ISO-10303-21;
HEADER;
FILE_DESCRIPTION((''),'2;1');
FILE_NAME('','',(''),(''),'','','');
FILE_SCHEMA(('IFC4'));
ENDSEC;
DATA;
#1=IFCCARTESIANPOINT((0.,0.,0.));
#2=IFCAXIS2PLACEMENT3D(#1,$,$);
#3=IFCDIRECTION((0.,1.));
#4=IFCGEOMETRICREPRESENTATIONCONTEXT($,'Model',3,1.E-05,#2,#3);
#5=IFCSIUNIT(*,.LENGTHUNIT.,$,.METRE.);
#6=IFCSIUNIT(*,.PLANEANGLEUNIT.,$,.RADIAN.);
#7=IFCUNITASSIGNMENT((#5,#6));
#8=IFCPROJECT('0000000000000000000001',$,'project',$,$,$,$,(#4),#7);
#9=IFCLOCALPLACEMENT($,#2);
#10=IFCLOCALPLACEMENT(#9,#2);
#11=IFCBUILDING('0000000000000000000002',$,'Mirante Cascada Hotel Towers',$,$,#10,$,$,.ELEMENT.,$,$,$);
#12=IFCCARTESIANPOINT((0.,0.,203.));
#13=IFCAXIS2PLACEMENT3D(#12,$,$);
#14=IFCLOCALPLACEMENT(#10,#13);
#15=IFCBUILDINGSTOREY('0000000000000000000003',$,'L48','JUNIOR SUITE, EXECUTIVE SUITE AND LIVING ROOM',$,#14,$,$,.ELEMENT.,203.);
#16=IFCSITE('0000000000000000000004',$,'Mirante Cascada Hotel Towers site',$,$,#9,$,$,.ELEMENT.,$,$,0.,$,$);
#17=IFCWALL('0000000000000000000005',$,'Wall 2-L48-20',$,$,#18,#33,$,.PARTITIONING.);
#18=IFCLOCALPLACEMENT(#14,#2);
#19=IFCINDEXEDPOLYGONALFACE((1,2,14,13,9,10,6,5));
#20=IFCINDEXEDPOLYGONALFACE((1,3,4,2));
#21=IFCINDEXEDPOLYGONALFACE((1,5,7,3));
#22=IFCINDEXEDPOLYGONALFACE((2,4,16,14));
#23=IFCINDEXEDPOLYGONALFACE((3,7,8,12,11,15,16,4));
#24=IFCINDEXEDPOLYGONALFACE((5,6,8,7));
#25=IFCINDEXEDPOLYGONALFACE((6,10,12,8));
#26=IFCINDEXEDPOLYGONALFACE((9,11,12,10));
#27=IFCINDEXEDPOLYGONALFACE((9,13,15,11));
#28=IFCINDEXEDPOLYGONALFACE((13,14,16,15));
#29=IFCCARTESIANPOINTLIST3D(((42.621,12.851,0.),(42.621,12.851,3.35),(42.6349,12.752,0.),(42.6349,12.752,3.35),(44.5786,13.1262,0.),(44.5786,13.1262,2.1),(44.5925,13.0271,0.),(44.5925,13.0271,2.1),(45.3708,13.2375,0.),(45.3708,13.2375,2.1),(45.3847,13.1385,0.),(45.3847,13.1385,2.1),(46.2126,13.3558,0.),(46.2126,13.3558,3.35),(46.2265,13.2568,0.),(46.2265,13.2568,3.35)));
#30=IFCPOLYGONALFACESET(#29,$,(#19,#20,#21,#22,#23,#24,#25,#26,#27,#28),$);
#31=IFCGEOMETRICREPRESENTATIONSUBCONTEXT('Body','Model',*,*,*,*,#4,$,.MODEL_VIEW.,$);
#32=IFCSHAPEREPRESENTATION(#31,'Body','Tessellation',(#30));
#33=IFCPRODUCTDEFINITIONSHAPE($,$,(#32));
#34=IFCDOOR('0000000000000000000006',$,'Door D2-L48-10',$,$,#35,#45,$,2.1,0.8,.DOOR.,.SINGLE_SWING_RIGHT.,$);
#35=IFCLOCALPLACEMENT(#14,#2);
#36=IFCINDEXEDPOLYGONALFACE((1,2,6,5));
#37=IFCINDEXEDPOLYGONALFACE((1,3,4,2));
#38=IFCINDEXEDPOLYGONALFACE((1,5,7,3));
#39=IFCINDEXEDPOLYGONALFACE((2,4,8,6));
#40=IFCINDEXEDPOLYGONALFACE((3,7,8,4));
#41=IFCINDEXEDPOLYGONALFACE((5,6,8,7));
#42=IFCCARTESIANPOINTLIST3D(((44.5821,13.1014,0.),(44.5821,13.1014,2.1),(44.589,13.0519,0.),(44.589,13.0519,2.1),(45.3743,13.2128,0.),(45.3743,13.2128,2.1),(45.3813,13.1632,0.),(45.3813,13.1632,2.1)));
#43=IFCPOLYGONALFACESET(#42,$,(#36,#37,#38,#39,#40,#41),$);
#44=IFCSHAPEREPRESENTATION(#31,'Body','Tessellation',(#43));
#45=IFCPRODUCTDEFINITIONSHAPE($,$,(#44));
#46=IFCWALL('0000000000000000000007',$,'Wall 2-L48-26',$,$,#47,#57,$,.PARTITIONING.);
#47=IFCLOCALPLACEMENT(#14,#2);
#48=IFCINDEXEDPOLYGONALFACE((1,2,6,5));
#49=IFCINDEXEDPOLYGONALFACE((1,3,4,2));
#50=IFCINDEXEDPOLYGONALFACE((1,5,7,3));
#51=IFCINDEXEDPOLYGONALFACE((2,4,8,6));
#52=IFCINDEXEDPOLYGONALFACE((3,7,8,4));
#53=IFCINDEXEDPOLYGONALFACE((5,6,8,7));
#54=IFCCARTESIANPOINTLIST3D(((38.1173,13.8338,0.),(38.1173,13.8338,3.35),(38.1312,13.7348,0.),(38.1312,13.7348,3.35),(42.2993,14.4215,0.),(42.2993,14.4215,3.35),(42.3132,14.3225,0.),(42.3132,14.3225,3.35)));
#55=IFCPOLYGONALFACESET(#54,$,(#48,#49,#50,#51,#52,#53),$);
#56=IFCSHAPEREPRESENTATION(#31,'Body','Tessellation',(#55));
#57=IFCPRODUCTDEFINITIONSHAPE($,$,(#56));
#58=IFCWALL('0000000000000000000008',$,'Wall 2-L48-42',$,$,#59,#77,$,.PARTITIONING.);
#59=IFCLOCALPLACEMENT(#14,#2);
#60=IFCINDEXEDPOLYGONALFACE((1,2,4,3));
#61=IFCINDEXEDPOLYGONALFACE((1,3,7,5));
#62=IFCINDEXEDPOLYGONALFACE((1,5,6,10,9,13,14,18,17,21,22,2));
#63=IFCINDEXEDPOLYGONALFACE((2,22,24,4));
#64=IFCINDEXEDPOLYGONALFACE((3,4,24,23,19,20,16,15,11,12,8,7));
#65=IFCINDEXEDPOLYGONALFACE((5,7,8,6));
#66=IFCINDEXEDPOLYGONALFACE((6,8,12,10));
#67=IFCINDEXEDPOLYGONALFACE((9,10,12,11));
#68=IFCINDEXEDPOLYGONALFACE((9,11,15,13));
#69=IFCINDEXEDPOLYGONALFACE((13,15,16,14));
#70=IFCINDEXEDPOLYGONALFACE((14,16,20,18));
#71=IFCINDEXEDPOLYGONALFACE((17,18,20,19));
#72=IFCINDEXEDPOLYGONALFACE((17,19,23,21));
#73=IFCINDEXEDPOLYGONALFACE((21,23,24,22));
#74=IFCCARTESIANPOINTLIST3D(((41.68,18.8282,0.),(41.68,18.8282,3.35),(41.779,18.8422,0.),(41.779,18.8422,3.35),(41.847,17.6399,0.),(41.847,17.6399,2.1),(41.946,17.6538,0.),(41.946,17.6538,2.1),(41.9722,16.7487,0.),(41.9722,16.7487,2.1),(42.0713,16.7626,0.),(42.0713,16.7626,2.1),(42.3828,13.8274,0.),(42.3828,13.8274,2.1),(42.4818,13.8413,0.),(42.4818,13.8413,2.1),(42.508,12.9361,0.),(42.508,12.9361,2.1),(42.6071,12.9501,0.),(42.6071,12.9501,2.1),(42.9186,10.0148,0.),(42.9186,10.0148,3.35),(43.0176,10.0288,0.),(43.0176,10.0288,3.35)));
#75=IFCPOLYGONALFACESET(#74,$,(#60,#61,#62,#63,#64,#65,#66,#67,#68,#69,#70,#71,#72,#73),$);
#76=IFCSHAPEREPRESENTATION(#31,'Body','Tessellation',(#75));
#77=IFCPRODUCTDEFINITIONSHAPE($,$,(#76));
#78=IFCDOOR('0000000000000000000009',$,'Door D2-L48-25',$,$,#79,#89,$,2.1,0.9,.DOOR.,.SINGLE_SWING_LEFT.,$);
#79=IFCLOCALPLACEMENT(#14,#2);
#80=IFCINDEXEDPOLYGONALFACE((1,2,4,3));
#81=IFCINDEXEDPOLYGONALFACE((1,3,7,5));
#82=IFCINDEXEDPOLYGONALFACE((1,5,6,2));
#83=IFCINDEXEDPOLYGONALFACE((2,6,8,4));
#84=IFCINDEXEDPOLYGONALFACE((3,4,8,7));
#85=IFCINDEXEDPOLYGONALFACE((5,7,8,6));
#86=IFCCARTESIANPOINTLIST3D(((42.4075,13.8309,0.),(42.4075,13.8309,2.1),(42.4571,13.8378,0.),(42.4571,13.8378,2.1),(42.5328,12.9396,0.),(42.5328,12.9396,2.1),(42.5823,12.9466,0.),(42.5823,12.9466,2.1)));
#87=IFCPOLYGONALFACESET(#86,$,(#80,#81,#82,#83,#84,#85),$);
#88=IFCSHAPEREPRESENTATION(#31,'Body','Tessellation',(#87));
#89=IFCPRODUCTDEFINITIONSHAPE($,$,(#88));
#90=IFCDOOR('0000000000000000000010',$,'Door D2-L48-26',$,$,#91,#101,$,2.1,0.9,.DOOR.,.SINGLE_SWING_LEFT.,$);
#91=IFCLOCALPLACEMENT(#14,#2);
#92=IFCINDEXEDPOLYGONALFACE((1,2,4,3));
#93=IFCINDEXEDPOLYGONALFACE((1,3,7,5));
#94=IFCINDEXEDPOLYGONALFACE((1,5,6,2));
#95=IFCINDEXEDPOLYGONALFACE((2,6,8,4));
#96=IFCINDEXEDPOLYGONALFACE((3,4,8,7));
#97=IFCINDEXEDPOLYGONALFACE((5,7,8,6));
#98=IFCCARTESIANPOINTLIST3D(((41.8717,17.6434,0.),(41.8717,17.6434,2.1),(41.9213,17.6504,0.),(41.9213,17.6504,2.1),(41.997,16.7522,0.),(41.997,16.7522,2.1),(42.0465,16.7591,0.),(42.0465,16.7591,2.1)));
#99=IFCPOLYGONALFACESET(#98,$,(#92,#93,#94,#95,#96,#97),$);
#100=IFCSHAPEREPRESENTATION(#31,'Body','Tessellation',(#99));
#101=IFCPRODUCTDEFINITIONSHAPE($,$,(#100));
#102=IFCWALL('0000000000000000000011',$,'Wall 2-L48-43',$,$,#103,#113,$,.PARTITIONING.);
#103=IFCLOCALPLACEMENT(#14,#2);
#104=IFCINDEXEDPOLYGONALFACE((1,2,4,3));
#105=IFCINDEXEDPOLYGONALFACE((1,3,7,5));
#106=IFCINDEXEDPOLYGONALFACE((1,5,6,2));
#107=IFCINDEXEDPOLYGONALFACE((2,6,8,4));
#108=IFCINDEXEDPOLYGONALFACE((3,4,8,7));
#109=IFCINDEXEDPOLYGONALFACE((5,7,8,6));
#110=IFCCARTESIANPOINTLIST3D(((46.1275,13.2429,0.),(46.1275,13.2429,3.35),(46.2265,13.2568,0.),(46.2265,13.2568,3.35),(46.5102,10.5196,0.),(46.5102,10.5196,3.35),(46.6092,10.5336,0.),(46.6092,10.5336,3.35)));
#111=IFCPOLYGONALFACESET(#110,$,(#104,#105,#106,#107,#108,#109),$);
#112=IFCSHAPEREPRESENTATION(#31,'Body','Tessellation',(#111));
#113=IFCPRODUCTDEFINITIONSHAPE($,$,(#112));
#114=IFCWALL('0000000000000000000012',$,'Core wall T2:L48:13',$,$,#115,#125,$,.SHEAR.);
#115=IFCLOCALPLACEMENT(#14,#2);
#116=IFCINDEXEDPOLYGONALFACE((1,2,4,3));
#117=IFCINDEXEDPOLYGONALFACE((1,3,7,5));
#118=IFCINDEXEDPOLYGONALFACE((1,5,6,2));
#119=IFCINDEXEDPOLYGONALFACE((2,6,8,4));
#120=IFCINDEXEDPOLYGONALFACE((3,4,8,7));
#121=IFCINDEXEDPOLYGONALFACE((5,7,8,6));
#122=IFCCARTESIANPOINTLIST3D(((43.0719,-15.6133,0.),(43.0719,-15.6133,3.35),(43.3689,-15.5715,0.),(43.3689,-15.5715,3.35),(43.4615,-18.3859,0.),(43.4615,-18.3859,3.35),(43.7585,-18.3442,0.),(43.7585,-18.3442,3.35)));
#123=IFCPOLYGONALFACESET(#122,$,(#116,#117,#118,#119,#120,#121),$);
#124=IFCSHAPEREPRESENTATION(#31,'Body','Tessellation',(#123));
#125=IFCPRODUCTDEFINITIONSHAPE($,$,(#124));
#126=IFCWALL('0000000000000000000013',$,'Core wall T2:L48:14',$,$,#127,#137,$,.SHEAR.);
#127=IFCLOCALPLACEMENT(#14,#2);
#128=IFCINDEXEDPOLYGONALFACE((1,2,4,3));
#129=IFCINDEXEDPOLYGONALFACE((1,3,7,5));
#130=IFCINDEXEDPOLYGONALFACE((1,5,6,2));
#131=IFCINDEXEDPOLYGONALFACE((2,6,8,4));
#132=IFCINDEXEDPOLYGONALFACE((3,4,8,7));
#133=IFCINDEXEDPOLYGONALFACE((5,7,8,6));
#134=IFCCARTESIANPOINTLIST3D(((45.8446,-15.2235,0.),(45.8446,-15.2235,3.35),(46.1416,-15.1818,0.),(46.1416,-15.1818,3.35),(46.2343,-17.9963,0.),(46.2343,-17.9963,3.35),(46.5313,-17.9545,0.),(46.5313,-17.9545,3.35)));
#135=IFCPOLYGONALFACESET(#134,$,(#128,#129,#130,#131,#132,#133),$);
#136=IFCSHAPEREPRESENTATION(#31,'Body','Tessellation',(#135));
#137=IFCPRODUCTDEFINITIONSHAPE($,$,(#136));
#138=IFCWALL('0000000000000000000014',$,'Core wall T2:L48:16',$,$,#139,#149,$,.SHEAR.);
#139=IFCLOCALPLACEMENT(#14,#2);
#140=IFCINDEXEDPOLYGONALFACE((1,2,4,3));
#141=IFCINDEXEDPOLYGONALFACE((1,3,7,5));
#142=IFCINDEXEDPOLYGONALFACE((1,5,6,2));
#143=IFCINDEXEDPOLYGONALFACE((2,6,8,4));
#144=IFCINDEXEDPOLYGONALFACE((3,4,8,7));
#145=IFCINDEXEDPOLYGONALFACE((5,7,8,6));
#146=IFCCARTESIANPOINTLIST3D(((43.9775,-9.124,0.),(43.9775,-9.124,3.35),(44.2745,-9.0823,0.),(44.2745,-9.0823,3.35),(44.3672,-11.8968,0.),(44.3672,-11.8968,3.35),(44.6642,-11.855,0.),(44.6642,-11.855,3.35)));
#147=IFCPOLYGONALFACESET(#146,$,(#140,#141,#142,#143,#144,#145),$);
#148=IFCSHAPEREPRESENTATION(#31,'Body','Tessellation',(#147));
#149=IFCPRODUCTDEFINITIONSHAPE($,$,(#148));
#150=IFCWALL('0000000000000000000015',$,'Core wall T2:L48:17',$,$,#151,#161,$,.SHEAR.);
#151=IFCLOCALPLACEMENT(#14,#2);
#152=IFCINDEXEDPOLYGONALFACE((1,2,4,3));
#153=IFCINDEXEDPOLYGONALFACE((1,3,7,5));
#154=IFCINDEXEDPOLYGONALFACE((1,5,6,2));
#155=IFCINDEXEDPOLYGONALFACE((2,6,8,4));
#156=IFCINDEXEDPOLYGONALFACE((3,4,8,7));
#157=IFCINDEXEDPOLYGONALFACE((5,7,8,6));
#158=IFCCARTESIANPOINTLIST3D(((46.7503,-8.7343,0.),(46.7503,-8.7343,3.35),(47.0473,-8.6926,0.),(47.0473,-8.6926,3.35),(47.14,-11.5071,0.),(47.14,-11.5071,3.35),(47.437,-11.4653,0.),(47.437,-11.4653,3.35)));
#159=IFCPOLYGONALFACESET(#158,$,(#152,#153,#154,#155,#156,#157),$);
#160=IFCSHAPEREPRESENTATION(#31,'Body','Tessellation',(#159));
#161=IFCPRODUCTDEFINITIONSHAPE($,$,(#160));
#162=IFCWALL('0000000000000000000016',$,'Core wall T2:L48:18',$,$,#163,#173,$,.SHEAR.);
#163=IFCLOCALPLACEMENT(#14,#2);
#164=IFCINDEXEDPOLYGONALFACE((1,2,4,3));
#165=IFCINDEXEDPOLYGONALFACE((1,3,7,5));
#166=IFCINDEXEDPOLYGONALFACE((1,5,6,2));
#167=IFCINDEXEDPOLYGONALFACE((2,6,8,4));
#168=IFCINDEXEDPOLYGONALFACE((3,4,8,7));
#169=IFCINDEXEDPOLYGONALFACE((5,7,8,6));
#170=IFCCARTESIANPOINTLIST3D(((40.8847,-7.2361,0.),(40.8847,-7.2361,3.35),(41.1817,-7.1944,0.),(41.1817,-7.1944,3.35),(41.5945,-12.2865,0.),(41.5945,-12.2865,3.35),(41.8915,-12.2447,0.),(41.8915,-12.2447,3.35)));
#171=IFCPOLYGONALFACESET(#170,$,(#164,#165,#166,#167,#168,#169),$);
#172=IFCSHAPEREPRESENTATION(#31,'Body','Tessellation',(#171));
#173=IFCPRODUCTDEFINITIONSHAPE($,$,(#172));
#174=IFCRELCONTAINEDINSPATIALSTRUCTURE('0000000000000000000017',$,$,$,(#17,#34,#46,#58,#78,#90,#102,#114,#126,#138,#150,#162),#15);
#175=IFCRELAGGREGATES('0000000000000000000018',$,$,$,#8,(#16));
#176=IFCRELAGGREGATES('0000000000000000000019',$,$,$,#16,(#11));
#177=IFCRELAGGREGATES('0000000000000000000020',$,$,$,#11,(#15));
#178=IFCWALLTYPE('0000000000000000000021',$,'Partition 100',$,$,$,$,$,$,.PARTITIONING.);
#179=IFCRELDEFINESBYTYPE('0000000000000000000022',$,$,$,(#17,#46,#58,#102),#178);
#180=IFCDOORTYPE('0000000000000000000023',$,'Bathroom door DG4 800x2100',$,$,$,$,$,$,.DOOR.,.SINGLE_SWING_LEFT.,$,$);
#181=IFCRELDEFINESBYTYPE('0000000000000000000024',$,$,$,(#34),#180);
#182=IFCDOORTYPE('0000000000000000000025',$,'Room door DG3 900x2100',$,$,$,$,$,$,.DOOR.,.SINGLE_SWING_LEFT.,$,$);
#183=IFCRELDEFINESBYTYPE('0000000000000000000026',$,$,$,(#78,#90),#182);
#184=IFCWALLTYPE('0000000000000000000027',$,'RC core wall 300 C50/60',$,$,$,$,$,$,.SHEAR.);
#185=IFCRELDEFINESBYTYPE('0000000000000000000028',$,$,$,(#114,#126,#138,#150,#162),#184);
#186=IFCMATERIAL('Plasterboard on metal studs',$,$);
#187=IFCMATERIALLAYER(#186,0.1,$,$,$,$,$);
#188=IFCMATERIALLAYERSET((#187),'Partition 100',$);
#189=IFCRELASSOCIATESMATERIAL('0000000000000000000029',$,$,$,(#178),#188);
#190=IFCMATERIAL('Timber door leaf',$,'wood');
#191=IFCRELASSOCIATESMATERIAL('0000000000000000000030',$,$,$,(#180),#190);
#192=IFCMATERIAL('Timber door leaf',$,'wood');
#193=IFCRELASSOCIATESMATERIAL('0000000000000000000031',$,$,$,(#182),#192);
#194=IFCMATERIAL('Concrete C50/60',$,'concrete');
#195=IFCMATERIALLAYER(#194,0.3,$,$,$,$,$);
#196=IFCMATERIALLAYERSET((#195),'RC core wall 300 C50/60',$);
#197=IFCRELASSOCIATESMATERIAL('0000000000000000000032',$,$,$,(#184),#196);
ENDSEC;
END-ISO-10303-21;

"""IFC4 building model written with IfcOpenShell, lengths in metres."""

from ifc_helpers import new_model, si_unit, direction, frame, frame_2d, origin, place, context, subcontext, project, spatial, rectangle, extrude, material, layer, layer_set, type_object, element, fill, save


model = new_model("IFC4")

# Units and contexts
model_context = context("Model", 3, precision=1e-05, world=origin(), true_north=direction((0.0, 1.0)))
body_context = subcontext(model_context, "Body", "Model", "MODEL_VIEW")
ifc_project = project(units=[si_unit("LENGTHUNIT", "METRE"), si_unit("PLANEANGLEUNIT", "RADIAN")], contexts=[model_context])

# Site, building, storey
site_placement = place(None, origin())
site = spatial("IfcSite", under=ifc_project, at=site_placement, Name="Mirante Cascada Hotel Towers site", CompositionType="ELEMENT", RefElevation=0.0)
building_placement = place(site_placement, origin())
building = spatial("IfcBuilding", under=site, at=building_placement, Name="Mirante Cascada Hotel Towers", CompositionType="ELEMENT")
storey_placement = place(building_placement, frame((0.0, 0.0, 203.0)))
storey = spatial("IfcBuildingStorey", under=building, at=storey_placement, Name="L48", Description="JUNIOR SUITE, EXECUTIVE SUITE AND LIVING ROOM", CompositionType="ELEMENT", Elevation=203.0)

# Wall, opening, door
ifc_material_1 = material(Name="Plasterboard on metal studs")
ifc_layer_1 = layer(ifc_material_1, 0.1)
ifc_layer_set_1 = layer_set([ifc_layer_1], Name="Partition 100")
wall_type_1 = type_object("IfcWallType", Name="Partition 100", PredefinedType="PARTITIONING", material=ifc_layer_set_1)
wall_1_placement = place(storey_placement, frame((46.2195, 13.3063, 0.0), z_axis=(0.0, 0.0, 1.0), x_axis=(-0.990267, -0.139182, 0.0)))
wall_1 = element("IfcWall", 1, at=wall_1_placement, inside=storey, type_object=wall_type_1, Name="Wall 2-L48-20", PredefinedType="PARTITIONING", context=body_context, shape_type="SweptSolid", body=[
    extrude(rectangle(XDim=3.6269, YDim=0.1, at=frame_2d((1.8134, 0.0))), origin(), (0.0, 0.0, 1.0), 3.35),
])
opening_1_placement = place(wall_1_placement, frame((0.85, 0.0, 0.0)))
opening_1 = element("IfcOpeningElement", 2, at=opening_1_placement, cuts=wall_1, PredefinedType="OPENING", context=body_context, shape_type="SweptSolid", body=[
    extrude(rectangle(XDim=0.8, YDim=2.1, at=frame_2d((0.4, 1.05))), frame((0.0, 0.05, 0.0), z_axis=(0.0, -1.0, 0.0), x_axis=(1.0, 0.0, 0.0)), (0.0, 0.0, 1.0), 0.1),
])
ifc_material_2 = material(Name="Timber door leaf", Category="wood")
door_type_1 = type_object("IfcDoorType", Name="Bathroom door DG4 800x2100", OperationType="SINGLE_SWING_LEFT", PredefinedType="DOOR", material=ifc_material_2)
door_1_placement = place(opening_1_placement, frame((0.8, 0.0, 0.0), z_axis=(0.0, 0.0, 1.0), x_axis=(-1.0, 0.0, 0.0)))
door_1 = element("IfcDoor", 3, at=door_1_placement, inside=storey, type_object=door_type_1, Name="Door D2-L48-10", OperationType="SINGLE_SWING_RIGHT", OverallHeight=2.1, OverallWidth=0.8, PredefinedType="DOOR", context=body_context, shape_type="SweptSolid", body=[
    extrude(rectangle(XDim=0.8, YDim=2.1, at=frame_2d((0.4, 1.05))), frame((0.0, 0.025, 0.0), z_axis=(0.0, -1.0, 0.0), x_axis=(1.0, 0.0, 0.0)), (0.0, 0.0, 1.0), 0.05),
])
fill(opening_1, door_1)

# Wall
wall_2_placement = place(storey_placement, frame((42.3062, 14.372, 0.0), z_axis=(0.0, 0.0, 1.0), x_axis=(-0.990269, -0.139163, 0.0)))
element("IfcWall", 4, at=wall_2_placement, inside=storey, type_object=wall_type_1, Name="Wall 2-L48-26", PredefinedType="PARTITIONING", context=body_context, shape_type="SweptSolid", body=[
    extrude(rectangle(XDim=4.2231, YDim=0.1, at=frame_2d((2.1115, 0.0))), origin(), (0.0, 0.0, 1.0), 3.35),
])

# Wall, openings, doors
wall_3_placement = place(storey_placement, frame((41.7295, 18.8352, 0.0), z_axis=(0.0, 0.0, 1.0), x_axis=(0.139168, -0.990269, 0.0)))
wall_3 = element("IfcWall", 5, at=wall_3_placement, inside=storey, type_object=wall_type_1, Name="Wall 2-L48-42", PredefinedType="PARTITIONING", context=body_context, shape_type="SweptSolid", body=[
    extrude(rectangle(XDim=8.9, YDim=0.1, at=frame_2d((4.45, 0.0))), origin(), (0.0, 0.0, 1.0), 3.35),
])
opening_2_placement = place(wall_3_placement, frame((5.05, 0.0, 0.0)))
opening_2 = element("IfcOpeningElement", 6, at=opening_2_placement, cuts=wall_3, PredefinedType="OPENING", context=body_context, shape_type="SweptSolid", body=[
    extrude(rectangle(XDim=0.9, YDim=2.1, at=frame_2d((0.45, 1.05))), frame((0.0, 0.05, 0.0), z_axis=(0.0, -1.0, 0.0), x_axis=(1.0, 0.0, 0.0)), (0.0, 0.0, 1.0), 0.1),
])
opening_3_placement = place(wall_3_placement, frame((1.2, 0.0, 0.0)))
opening_3 = element("IfcOpeningElement", 7, at=opening_3_placement, cuts=wall_3, PredefinedType="OPENING", context=body_context, shape_type="SweptSolid", body=[
    extrude(rectangle(XDim=0.9, YDim=2.1, at=frame_2d((0.45, 1.05))), frame((0.0, 0.05, 0.0), z_axis=(0.0, -1.0, 0.0), x_axis=(1.0, 0.0, 0.0)), (0.0, 0.0, 1.0), 0.1),
])
ifc_material_3 = material(Name="Timber door leaf", Category="wood")
door_type_2 = type_object("IfcDoorType", Name="Room door DG3 900x2100", OperationType="SINGLE_SWING_LEFT", PredefinedType="DOOR", material=ifc_material_3)
door_2_placement = place(opening_2_placement, origin())
door_2 = element("IfcDoor", 8, at=door_2_placement, inside=storey, type_object=door_type_2, Name="Door D2-L48-25", OperationType="SINGLE_SWING_LEFT", OverallHeight=2.1, OverallWidth=0.9, PredefinedType="DOOR", context=body_context, shape_type="SweptSolid", body=[
    extrude(rectangle(XDim=0.9, YDim=2.1, at=frame_2d((0.45, 1.05))), frame((0.0, 0.025, 0.0), z_axis=(0.0, -1.0, 0.0), x_axis=(1.0, 0.0, 0.0)), (0.0, 0.0, 1.0), 0.05),
])
fill(opening_2, door_2)
door_3_placement = place(opening_3_placement, origin())
door_3 = element("IfcDoor", 9, at=door_3_placement, inside=storey, type_object=door_type_2, Name="Door D2-L48-26", OperationType="SINGLE_SWING_LEFT", OverallHeight=2.1, OverallWidth=0.9, PredefinedType="DOOR", context=body_context, shape_type="SweptSolid", body=[
    extrude(rectangle(XDim=0.9, YDim=2.1, at=frame_2d((0.45, 1.05))), frame((0.0, 0.025, 0.0), z_axis=(0.0, -1.0, 0.0), x_axis=(1.0, 0.0, 0.0)), (0.0, 0.0, 1.0), 0.05),
])
fill(opening_3, door_3)

# Walls
wall_4_placement = place(storey_placement, frame((46.5597, 10.5266, 0.0), z_axis=(0.0, 0.0, 1.0), x_axis=(-0.139166, 0.990269, 0.0)))
element("IfcWall", 10, at=wall_4_placement, inside=storey, type_object=wall_type_1, Name="Wall 2-L48-43", PredefinedType="PARTITIONING", context=body_context, shape_type="SweptSolid", body=[
    extrude(rectangle(XDim=2.75, YDim=0.1, at=frame_2d((1.375, 0.0))), origin(), (0.0, 0.0, 1.0), 3.35),
])
ifc_material_4 = material(Name="Concrete C50/60", Category="concrete")
ifc_layer_2 = layer(ifc_material_4, 0.3)
ifc_layer_set_2 = layer_set([ifc_layer_2], Name="RC core wall 300 C50/60")
wall_type_2 = type_object("IfcWallType", Name="RC core wall 300 C50/60", PredefinedType="SHEAR", material=ifc_layer_set_2)
wall_5_placement = place(storey_placement, frame((43.61, -18.3651, 0.0), z_axis=(0.0, 0.0, 1.0), x_axis=(-0.139146, 0.990272, 0.0)))
element("IfcWall", 11, at=wall_5_placement, inside=storey, type_object=wall_type_2, Name="Core wall T2:L48:13", PredefinedType="SHEAR", context=body_context, shape_type="SweptSolid", body=[
    extrude(rectangle(XDim=2.7999, YDim=0.3, at=frame_2d((1.4, 0.0))), origin(), (0.0, 0.0, 1.0), 3.35),
])
for number, where, z_axis, x_axis, name in (
    (12, (46.3828, -17.9754, 0.0), (0.0, 0.0, 1.0), (-0.139181, 0.990267, 0.0), "Core wall T2:L48:14"),
    (13, (44.5157, -11.8759, 0.0), (0.0, 0.0, 1.0), (-0.139181, 0.990267, 0.0), "Core wall T2:L48:16"),
    (14, (47.2885, -11.4862, 0.0), (0.0, 0.0, 1.0), (-0.139181, 0.990267, 0.0), "Core wall T2:L48:17"),
):
    element("IfcWall", number, at=place(storey_placement, frame(where, z_axis=z_axis, x_axis=x_axis)), inside=storey, type_object=wall_type_2, Name=name, PredefinedType="SHEAR", context=body_context, shape_type="SweptSolid", body=[
        extrude(rectangle(XDim=2.8, YDim=0.3, at=frame_2d((1.4, 0.0))), origin(), (0.0, 0.0, 1.0), 3.35),
    ])
wall_6_placement = place(storey_placement, frame((41.743, -12.2656, 0.0), z_axis=(0.0, 0.0, 1.0), x_axis=(-0.139176, 0.990268, 0.0)))
element("IfcWall", 15, at=wall_6_placement, inside=storey, type_object=wall_type_2, Name="Core wall T2:L48:18", PredefinedType="SHEAR", context=body_context, shape_type="SweptSolid", body=[
    extrude(rectangle(XDim=5.1, YDim=0.3, at=frame_2d((2.55, 0.0))), origin(), (0.0, 0.0, 1.0), 3.35),
])

save(model, "model.ifc")
